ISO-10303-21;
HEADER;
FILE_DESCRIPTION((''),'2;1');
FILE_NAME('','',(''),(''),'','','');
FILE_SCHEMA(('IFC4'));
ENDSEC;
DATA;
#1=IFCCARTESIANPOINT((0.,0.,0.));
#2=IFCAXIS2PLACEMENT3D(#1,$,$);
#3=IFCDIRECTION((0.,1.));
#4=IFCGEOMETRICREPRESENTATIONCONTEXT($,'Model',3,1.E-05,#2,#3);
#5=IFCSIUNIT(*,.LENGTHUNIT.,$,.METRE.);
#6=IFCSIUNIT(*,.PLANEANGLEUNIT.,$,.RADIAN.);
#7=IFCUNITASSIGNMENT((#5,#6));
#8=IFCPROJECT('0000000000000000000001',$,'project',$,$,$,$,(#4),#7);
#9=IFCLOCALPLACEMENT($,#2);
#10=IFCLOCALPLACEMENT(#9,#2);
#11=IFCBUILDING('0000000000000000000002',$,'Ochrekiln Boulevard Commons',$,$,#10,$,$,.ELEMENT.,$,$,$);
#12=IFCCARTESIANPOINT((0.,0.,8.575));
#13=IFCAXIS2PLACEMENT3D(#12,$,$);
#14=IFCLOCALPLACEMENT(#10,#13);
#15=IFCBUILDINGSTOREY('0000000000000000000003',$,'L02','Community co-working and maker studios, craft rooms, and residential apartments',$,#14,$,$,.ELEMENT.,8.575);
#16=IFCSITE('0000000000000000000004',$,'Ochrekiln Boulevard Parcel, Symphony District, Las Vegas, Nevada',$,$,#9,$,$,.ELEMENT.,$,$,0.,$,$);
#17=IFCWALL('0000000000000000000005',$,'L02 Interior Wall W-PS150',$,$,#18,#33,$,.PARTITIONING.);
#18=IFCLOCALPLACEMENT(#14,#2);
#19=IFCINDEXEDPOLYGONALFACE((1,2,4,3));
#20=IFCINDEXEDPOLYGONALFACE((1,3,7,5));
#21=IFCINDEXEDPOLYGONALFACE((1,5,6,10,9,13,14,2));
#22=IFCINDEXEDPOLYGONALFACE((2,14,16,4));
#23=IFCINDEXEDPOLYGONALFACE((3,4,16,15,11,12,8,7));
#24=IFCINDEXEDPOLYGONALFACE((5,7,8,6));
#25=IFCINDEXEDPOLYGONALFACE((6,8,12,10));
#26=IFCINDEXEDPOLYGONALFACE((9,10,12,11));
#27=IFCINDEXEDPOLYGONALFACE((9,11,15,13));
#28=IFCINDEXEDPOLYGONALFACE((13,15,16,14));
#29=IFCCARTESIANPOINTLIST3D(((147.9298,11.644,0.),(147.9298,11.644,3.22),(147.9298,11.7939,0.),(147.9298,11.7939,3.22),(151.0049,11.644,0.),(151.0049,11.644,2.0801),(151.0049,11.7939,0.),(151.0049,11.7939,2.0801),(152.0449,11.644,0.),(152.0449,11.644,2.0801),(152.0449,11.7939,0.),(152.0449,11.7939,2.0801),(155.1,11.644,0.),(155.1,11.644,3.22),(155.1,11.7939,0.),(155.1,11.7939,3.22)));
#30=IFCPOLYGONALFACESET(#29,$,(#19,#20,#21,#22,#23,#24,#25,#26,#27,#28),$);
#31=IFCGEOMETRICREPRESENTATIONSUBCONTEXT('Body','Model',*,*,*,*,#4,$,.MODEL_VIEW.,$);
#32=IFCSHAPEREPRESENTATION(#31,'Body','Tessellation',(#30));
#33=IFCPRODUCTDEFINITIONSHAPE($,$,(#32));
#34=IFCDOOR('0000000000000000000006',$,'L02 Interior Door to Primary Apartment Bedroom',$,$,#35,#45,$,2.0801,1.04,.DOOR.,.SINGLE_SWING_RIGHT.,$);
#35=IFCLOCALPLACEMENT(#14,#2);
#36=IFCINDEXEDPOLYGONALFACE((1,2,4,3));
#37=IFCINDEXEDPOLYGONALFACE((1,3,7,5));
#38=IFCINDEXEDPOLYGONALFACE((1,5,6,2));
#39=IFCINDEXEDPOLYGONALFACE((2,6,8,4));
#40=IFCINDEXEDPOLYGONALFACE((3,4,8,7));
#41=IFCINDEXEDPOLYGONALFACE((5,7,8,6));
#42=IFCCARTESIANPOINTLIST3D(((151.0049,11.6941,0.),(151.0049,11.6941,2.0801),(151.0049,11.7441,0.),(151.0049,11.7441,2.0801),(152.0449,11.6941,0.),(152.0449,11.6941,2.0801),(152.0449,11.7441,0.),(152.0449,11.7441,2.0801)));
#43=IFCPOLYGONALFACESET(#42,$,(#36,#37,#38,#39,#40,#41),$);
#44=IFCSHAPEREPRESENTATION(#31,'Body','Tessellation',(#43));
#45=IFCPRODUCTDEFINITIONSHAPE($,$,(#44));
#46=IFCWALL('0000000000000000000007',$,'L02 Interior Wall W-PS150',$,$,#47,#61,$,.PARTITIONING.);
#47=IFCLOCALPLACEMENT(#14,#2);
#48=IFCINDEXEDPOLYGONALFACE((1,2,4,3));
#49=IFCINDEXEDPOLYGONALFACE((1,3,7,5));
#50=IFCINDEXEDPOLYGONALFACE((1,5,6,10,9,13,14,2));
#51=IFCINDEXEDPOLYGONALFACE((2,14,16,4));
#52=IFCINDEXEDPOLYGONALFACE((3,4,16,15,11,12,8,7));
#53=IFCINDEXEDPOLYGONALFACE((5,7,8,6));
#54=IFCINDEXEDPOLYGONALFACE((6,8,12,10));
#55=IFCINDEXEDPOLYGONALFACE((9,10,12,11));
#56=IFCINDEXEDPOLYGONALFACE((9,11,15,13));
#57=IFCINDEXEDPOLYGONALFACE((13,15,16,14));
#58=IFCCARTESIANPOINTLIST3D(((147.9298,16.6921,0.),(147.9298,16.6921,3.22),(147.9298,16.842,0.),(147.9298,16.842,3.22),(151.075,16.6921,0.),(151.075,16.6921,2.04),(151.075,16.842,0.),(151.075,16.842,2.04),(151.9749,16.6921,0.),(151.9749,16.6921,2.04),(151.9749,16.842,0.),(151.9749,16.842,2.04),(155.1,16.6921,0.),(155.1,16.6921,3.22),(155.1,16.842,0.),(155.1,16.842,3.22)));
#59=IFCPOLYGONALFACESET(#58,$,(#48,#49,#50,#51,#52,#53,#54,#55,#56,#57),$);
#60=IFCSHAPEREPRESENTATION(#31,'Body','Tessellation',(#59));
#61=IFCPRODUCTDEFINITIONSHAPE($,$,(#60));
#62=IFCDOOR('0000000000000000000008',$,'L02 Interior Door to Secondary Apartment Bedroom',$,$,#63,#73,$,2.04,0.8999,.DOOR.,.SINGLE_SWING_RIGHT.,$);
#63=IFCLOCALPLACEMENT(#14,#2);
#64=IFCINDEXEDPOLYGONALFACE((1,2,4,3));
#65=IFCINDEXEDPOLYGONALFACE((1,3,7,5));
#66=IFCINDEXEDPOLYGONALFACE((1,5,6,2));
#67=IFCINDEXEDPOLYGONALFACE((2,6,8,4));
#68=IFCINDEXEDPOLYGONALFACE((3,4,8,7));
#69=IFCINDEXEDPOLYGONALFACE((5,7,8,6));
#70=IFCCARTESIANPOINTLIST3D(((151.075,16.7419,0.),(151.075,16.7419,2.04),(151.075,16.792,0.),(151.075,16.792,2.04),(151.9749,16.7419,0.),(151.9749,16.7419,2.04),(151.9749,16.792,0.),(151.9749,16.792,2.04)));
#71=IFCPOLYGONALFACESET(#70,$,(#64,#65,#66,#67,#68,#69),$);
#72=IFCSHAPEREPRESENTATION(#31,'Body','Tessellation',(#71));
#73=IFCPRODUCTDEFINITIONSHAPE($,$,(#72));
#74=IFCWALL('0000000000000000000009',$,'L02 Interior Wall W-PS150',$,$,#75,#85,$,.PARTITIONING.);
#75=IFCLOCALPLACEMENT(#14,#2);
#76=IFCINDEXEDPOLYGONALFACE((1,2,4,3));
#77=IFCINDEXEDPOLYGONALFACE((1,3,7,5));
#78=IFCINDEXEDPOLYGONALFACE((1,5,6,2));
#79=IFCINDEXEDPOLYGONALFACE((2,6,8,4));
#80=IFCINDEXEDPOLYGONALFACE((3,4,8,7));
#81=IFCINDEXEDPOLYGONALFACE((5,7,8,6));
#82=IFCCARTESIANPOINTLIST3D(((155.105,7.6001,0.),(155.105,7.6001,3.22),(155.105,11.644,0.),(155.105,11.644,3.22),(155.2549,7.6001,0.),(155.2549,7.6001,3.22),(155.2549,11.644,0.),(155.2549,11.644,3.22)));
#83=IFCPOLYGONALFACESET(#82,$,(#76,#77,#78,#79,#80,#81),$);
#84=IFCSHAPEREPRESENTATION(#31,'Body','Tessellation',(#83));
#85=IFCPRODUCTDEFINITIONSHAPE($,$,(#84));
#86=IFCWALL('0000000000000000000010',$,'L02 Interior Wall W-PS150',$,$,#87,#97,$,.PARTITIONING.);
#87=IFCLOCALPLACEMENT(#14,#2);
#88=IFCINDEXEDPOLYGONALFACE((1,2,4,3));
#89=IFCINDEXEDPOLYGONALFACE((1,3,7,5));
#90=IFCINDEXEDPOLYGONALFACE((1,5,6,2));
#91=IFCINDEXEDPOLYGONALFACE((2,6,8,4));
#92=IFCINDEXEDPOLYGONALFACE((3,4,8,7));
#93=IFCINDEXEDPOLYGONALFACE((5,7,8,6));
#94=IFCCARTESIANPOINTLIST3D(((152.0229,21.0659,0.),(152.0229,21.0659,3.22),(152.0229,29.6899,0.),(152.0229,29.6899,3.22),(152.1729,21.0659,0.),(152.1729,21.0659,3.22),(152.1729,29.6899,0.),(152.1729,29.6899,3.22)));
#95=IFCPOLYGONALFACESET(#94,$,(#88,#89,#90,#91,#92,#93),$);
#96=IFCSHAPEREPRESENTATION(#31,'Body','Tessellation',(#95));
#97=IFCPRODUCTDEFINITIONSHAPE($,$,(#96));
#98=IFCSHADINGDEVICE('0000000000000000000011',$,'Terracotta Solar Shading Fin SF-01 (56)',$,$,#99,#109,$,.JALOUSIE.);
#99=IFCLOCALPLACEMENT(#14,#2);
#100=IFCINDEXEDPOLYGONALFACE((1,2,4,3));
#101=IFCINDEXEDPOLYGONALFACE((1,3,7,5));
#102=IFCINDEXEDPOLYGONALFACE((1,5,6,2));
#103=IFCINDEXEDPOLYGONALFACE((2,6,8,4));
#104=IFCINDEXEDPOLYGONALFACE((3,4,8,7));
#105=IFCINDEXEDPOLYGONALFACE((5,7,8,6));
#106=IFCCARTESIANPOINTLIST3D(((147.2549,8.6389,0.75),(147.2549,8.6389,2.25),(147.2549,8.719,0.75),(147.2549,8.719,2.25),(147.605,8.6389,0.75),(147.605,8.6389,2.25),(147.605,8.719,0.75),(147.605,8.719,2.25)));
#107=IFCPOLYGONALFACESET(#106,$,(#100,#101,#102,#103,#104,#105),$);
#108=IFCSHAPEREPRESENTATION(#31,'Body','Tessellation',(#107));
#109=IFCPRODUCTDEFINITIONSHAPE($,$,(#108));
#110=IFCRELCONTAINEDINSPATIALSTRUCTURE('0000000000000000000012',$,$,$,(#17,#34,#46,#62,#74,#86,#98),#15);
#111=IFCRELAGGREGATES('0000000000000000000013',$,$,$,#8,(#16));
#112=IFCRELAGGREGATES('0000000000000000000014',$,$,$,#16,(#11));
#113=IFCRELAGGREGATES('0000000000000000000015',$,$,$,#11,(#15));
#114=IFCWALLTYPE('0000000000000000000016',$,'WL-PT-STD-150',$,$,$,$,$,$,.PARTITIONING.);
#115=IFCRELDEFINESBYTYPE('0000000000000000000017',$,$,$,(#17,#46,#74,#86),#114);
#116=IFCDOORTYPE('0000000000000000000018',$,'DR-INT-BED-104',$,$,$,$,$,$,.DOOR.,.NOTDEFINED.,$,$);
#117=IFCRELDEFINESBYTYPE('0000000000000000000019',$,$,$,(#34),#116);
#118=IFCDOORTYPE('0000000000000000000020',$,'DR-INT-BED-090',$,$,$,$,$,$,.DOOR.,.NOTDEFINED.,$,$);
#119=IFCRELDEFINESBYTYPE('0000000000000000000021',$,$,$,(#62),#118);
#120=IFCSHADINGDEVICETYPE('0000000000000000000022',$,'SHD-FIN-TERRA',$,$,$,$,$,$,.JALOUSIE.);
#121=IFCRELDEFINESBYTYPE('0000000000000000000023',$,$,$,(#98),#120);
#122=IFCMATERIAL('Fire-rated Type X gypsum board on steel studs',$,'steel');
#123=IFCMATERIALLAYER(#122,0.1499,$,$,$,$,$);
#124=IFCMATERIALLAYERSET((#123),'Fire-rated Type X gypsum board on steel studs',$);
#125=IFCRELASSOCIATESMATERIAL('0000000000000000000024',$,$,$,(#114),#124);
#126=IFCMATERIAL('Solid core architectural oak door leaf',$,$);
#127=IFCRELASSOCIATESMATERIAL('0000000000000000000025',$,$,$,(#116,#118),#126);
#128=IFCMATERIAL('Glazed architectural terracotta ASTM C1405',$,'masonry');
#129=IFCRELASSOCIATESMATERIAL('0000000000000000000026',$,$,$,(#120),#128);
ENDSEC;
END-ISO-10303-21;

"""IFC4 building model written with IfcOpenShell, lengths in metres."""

from ifc_helpers import new_model, si_unit, direction, frame, frame_2d, origin, origin_2d, place, context, subcontext, project, spatial, rectangle, extrude, material, layer, layer_set, type_object, element, fill, save


model = new_model("IFC4")

# Units and contexts
model_context = context("Model", 3, precision=1e-05, world=origin(), true_north=direction((0.0, 1.0)))
body_context = subcontext(model_context, "Body", "Model", "MODEL_VIEW")
ifc_project = project(units=[si_unit("LENGTHUNIT", "METRE"), si_unit("PLANEANGLEUNIT", "RADIAN")], contexts=[model_context])

# Site, building, storey
site_placement = place(None, origin())
site = spatial("IfcSite", under=ifc_project, at=site_placement, Name="Ochrekiln Boulevard Parcel, Symphony District, Las Vegas, Nevada", CompositionType="ELEMENT", RefElevation=0.0)
building_placement = place(site_placement, origin())
building = spatial("IfcBuilding", under=site, at=building_placement, Name="Ochrekiln Boulevard Commons", CompositionType="ELEMENT")
storey_placement = place(building_placement, frame((0.0, 0.0, 8.575)))
storey = spatial("IfcBuildingStorey", under=building, at=storey_placement, Name="L02", Description="Community co-working and maker studios, craft rooms, and residential apartments", CompositionType="ELEMENT", Elevation=8.575)

# Shared definitions
ifc_material_1 = material(Name="Fire-rated Type X gypsum board on steel studs", Category="steel")

# Walls, openings, doors
ifc_layer_1 = layer(ifc_material_1, 0.1499)
ifc_layer_set_1 = layer_set([ifc_layer_1], Name="Fire-rated Type X gypsum board on steel studs")
wall_type_1 = type_object("IfcWallType", Name="WL-PT-STD-150", PredefinedType="PARTITIONING", material=ifc_layer_set_1)
wall_1_placement = place(storey_placement, frame((147.9299, 11.719, 0.0), z_axis=(0.0, 0.0, 1.0), x_axis=(1.0, 0.0, 0.0)))
wall_1 = element("IfcWall", 1, at=wall_1_placement, inside=storey, type_object=wall_type_1, Name="L02 Interior Wall W-PS150", PredefinedType="PARTITIONING", context=body_context, shape_type="SweptSolid", body=[
    extrude(rectangle(XDim=7.1702, YDim=0.1499, at=frame_2d((3.585, 0.0))), origin(), (0.0, 0.0, 1.0), 3.22),
])
opening_1_placement = place(wall_1_placement, frame((3.075, 0.0, 0.0)))
opening_1 = element("IfcOpeningElement", 2, at=opening_1_placement, cuts=wall_1, PredefinedType="OPENING", context=body_context, shape_type="SweptSolid", body=[
    extrude(rectangle(XDim=1.04, YDim=2.0801, at=frame_2d((0.52, 1.04))), frame((0.0, 0.085, 0.0), z_axis=(0.0, -1.0, 0.0), x_axis=(1.0, 0.0, 0.0)), (0.0, 0.0, 1.0), 0.1699),
])
ifc_material_2 = material(Name="Solid core architectural oak door leaf")
door_type_1 = type_object("IfcDoorType", Name="DR-INT-BED-104", OperationType="NOTDEFINED", PredefinedType="DOOR", material=ifc_material_2)
door_1_placement = place(opening_1_placement, frame((1.04, 0.0, 0.0), z_axis=(0.0, 0.0, 1.0), x_axis=(-1.0, 0.0, 0.0)))
door_1 = element("IfcDoor", 3, at=door_1_placement, inside=storey, type_object=door_type_1, Name="L02 Interior Door to Primary Apartment Bedroom", OperationType="SINGLE_SWING_RIGHT", OverallHeight=2.0801, OverallWidth=1.04, PredefinedType="DOOR", context=body_context, shape_type="SweptSolid", body=[
    extrude(rectangle(XDim=1.04, YDim=2.0801, at=frame_2d((0.52, 1.04))), frame((0.0, 0.0249, 0.0), z_axis=(0.0, -1.0, 0.0), x_axis=(1.0, 0.0, 0.0)), (0.0, 0.0, 1.0), 0.05),
])
fill(opening_1, door_1)
wall_2_placement = place(storey_placement, frame((147.9299, 16.7671, 0.0), z_axis=(0.0, 0.0, 1.0), x_axis=(1.0, 0.0, 0.0)))
wall_2 = element("IfcWall", 4, at=wall_2_placement, inside=storey, type_object=wall_type_1, Name="L02 Interior Wall W-PS150", PredefinedType="PARTITIONING", context=body_context, shape_type="SweptSolid", body=[
    extrude(rectangle(XDim=7.1702, YDim=0.1499, at=frame_2d((3.585, 0.0))), origin(), (0.0, 0.0, 1.0), 3.22),
])
opening_2_placement = place(wall_2_placement, frame((3.145, 0.0, 0.0)))
opening_2 = element("IfcOpeningElement", 5, at=opening_2_placement, cuts=wall_2, PredefinedType="OPENING", context=body_context, shape_type="SweptSolid", body=[
    extrude(rectangle(XDim=0.8999, YDim=2.04, at=frame_2d((0.45, 1.02))), frame((0.0, 0.085, 0.0), z_axis=(0.0, -1.0, 0.0), x_axis=(1.0, 0.0, 0.0)), (0.0, 0.0, 1.0), 0.1699),
])
door_type_2 = type_object("IfcDoorType", Name="DR-INT-BED-090", OperationType="NOTDEFINED", PredefinedType="DOOR", material=ifc_material_2)
door_2_placement = place(opening_2_placement, origin())
door_2 = element("IfcDoor", 6, at=door_2_placement, inside=storey, type_object=door_type_2, Name="L02 Interior Door to Secondary Apartment Bedroom", OperationType="SINGLE_SWING_RIGHT", OverallHeight=2.04, OverallWidth=0.8999, PredefinedType="DOOR", context=body_context, shape_type="SweptSolid", body=[
    extrude(rectangle(XDim=0.8999, YDim=2.04, at=frame_2d((0.45, 1.02))), frame((0.0, 0.0249, 0.0), z_axis=(0.0, -1.0, 0.0), x_axis=(1.0, 0.0, 0.0)), (0.0, 0.0, 1.0), 0.05),
])
fill(opening_2, door_2)

# Walls
wall_3_placement = place(storey_placement, frame((155.1799, 7.6001, 0.0), z_axis=(0.0, 0.0, 1.0), x_axis=(0.0, 1.0, 0.0)))
element("IfcWall", 7, at=wall_3_placement, inside=storey, type_object=wall_type_1, Name="L02 Interior Wall W-PS150", PredefinedType="PARTITIONING", context=body_context, shape_type="SweptSolid", body=[
    extrude(rectangle(XDim=4.0439, YDim=0.1499, at=frame_2d((2.022, 0.0))), origin(), (0.0, 0.0, 1.0), 3.22),
])
wall_4_placement = place(storey_placement, frame((152.0979, 21.0659, 0.0), z_axis=(0.0, 0.0, 1.0), x_axis=(0.0, 1.0, 0.0)))
element("IfcWall", 8, at=wall_4_placement, inside=storey, type_object=wall_type_1, Name="L02 Interior Wall W-PS150", PredefinedType="PARTITIONING", context=body_context, shape_type="SweptSolid", body=[
    extrude(rectangle(XDim=8.624, YDim=0.1499, at=frame_2d((4.312, 0.0))), origin(), (0.0, 0.0, 1.0), 3.22),
])

# Shading device
ifc_material_3 = material(Name="Glazed architectural terracotta ASTM C1405", Category="masonry")
shading_device_type = type_object("IfcShadingDeviceType", Name="SHD-FIN-TERRA", PredefinedType="JALOUSIE", material=ifc_material_3)
shading_device_placement = place(storey_placement, frame((147.4299, 8.679, 0.75), z_axis=(0.0, 0.0, 1.0), x_axis=(1.0, 0.0, 0.0)))
element("IfcShadingDevice", 9, at=shading_device_placement, inside=storey, type_object=shading_device_type, Name="Terracotta Solar Shading Fin SF-01 (56)", PredefinedType="JALOUSIE", context=body_context, shape_type="SweptSolid", body=[
    extrude(rectangle(XDim=0.3501, YDim=0.0801, at=origin_2d()), origin(), (0.0, 0.0, 1.0), 1.5),
])

save(model, "model.ifc")
